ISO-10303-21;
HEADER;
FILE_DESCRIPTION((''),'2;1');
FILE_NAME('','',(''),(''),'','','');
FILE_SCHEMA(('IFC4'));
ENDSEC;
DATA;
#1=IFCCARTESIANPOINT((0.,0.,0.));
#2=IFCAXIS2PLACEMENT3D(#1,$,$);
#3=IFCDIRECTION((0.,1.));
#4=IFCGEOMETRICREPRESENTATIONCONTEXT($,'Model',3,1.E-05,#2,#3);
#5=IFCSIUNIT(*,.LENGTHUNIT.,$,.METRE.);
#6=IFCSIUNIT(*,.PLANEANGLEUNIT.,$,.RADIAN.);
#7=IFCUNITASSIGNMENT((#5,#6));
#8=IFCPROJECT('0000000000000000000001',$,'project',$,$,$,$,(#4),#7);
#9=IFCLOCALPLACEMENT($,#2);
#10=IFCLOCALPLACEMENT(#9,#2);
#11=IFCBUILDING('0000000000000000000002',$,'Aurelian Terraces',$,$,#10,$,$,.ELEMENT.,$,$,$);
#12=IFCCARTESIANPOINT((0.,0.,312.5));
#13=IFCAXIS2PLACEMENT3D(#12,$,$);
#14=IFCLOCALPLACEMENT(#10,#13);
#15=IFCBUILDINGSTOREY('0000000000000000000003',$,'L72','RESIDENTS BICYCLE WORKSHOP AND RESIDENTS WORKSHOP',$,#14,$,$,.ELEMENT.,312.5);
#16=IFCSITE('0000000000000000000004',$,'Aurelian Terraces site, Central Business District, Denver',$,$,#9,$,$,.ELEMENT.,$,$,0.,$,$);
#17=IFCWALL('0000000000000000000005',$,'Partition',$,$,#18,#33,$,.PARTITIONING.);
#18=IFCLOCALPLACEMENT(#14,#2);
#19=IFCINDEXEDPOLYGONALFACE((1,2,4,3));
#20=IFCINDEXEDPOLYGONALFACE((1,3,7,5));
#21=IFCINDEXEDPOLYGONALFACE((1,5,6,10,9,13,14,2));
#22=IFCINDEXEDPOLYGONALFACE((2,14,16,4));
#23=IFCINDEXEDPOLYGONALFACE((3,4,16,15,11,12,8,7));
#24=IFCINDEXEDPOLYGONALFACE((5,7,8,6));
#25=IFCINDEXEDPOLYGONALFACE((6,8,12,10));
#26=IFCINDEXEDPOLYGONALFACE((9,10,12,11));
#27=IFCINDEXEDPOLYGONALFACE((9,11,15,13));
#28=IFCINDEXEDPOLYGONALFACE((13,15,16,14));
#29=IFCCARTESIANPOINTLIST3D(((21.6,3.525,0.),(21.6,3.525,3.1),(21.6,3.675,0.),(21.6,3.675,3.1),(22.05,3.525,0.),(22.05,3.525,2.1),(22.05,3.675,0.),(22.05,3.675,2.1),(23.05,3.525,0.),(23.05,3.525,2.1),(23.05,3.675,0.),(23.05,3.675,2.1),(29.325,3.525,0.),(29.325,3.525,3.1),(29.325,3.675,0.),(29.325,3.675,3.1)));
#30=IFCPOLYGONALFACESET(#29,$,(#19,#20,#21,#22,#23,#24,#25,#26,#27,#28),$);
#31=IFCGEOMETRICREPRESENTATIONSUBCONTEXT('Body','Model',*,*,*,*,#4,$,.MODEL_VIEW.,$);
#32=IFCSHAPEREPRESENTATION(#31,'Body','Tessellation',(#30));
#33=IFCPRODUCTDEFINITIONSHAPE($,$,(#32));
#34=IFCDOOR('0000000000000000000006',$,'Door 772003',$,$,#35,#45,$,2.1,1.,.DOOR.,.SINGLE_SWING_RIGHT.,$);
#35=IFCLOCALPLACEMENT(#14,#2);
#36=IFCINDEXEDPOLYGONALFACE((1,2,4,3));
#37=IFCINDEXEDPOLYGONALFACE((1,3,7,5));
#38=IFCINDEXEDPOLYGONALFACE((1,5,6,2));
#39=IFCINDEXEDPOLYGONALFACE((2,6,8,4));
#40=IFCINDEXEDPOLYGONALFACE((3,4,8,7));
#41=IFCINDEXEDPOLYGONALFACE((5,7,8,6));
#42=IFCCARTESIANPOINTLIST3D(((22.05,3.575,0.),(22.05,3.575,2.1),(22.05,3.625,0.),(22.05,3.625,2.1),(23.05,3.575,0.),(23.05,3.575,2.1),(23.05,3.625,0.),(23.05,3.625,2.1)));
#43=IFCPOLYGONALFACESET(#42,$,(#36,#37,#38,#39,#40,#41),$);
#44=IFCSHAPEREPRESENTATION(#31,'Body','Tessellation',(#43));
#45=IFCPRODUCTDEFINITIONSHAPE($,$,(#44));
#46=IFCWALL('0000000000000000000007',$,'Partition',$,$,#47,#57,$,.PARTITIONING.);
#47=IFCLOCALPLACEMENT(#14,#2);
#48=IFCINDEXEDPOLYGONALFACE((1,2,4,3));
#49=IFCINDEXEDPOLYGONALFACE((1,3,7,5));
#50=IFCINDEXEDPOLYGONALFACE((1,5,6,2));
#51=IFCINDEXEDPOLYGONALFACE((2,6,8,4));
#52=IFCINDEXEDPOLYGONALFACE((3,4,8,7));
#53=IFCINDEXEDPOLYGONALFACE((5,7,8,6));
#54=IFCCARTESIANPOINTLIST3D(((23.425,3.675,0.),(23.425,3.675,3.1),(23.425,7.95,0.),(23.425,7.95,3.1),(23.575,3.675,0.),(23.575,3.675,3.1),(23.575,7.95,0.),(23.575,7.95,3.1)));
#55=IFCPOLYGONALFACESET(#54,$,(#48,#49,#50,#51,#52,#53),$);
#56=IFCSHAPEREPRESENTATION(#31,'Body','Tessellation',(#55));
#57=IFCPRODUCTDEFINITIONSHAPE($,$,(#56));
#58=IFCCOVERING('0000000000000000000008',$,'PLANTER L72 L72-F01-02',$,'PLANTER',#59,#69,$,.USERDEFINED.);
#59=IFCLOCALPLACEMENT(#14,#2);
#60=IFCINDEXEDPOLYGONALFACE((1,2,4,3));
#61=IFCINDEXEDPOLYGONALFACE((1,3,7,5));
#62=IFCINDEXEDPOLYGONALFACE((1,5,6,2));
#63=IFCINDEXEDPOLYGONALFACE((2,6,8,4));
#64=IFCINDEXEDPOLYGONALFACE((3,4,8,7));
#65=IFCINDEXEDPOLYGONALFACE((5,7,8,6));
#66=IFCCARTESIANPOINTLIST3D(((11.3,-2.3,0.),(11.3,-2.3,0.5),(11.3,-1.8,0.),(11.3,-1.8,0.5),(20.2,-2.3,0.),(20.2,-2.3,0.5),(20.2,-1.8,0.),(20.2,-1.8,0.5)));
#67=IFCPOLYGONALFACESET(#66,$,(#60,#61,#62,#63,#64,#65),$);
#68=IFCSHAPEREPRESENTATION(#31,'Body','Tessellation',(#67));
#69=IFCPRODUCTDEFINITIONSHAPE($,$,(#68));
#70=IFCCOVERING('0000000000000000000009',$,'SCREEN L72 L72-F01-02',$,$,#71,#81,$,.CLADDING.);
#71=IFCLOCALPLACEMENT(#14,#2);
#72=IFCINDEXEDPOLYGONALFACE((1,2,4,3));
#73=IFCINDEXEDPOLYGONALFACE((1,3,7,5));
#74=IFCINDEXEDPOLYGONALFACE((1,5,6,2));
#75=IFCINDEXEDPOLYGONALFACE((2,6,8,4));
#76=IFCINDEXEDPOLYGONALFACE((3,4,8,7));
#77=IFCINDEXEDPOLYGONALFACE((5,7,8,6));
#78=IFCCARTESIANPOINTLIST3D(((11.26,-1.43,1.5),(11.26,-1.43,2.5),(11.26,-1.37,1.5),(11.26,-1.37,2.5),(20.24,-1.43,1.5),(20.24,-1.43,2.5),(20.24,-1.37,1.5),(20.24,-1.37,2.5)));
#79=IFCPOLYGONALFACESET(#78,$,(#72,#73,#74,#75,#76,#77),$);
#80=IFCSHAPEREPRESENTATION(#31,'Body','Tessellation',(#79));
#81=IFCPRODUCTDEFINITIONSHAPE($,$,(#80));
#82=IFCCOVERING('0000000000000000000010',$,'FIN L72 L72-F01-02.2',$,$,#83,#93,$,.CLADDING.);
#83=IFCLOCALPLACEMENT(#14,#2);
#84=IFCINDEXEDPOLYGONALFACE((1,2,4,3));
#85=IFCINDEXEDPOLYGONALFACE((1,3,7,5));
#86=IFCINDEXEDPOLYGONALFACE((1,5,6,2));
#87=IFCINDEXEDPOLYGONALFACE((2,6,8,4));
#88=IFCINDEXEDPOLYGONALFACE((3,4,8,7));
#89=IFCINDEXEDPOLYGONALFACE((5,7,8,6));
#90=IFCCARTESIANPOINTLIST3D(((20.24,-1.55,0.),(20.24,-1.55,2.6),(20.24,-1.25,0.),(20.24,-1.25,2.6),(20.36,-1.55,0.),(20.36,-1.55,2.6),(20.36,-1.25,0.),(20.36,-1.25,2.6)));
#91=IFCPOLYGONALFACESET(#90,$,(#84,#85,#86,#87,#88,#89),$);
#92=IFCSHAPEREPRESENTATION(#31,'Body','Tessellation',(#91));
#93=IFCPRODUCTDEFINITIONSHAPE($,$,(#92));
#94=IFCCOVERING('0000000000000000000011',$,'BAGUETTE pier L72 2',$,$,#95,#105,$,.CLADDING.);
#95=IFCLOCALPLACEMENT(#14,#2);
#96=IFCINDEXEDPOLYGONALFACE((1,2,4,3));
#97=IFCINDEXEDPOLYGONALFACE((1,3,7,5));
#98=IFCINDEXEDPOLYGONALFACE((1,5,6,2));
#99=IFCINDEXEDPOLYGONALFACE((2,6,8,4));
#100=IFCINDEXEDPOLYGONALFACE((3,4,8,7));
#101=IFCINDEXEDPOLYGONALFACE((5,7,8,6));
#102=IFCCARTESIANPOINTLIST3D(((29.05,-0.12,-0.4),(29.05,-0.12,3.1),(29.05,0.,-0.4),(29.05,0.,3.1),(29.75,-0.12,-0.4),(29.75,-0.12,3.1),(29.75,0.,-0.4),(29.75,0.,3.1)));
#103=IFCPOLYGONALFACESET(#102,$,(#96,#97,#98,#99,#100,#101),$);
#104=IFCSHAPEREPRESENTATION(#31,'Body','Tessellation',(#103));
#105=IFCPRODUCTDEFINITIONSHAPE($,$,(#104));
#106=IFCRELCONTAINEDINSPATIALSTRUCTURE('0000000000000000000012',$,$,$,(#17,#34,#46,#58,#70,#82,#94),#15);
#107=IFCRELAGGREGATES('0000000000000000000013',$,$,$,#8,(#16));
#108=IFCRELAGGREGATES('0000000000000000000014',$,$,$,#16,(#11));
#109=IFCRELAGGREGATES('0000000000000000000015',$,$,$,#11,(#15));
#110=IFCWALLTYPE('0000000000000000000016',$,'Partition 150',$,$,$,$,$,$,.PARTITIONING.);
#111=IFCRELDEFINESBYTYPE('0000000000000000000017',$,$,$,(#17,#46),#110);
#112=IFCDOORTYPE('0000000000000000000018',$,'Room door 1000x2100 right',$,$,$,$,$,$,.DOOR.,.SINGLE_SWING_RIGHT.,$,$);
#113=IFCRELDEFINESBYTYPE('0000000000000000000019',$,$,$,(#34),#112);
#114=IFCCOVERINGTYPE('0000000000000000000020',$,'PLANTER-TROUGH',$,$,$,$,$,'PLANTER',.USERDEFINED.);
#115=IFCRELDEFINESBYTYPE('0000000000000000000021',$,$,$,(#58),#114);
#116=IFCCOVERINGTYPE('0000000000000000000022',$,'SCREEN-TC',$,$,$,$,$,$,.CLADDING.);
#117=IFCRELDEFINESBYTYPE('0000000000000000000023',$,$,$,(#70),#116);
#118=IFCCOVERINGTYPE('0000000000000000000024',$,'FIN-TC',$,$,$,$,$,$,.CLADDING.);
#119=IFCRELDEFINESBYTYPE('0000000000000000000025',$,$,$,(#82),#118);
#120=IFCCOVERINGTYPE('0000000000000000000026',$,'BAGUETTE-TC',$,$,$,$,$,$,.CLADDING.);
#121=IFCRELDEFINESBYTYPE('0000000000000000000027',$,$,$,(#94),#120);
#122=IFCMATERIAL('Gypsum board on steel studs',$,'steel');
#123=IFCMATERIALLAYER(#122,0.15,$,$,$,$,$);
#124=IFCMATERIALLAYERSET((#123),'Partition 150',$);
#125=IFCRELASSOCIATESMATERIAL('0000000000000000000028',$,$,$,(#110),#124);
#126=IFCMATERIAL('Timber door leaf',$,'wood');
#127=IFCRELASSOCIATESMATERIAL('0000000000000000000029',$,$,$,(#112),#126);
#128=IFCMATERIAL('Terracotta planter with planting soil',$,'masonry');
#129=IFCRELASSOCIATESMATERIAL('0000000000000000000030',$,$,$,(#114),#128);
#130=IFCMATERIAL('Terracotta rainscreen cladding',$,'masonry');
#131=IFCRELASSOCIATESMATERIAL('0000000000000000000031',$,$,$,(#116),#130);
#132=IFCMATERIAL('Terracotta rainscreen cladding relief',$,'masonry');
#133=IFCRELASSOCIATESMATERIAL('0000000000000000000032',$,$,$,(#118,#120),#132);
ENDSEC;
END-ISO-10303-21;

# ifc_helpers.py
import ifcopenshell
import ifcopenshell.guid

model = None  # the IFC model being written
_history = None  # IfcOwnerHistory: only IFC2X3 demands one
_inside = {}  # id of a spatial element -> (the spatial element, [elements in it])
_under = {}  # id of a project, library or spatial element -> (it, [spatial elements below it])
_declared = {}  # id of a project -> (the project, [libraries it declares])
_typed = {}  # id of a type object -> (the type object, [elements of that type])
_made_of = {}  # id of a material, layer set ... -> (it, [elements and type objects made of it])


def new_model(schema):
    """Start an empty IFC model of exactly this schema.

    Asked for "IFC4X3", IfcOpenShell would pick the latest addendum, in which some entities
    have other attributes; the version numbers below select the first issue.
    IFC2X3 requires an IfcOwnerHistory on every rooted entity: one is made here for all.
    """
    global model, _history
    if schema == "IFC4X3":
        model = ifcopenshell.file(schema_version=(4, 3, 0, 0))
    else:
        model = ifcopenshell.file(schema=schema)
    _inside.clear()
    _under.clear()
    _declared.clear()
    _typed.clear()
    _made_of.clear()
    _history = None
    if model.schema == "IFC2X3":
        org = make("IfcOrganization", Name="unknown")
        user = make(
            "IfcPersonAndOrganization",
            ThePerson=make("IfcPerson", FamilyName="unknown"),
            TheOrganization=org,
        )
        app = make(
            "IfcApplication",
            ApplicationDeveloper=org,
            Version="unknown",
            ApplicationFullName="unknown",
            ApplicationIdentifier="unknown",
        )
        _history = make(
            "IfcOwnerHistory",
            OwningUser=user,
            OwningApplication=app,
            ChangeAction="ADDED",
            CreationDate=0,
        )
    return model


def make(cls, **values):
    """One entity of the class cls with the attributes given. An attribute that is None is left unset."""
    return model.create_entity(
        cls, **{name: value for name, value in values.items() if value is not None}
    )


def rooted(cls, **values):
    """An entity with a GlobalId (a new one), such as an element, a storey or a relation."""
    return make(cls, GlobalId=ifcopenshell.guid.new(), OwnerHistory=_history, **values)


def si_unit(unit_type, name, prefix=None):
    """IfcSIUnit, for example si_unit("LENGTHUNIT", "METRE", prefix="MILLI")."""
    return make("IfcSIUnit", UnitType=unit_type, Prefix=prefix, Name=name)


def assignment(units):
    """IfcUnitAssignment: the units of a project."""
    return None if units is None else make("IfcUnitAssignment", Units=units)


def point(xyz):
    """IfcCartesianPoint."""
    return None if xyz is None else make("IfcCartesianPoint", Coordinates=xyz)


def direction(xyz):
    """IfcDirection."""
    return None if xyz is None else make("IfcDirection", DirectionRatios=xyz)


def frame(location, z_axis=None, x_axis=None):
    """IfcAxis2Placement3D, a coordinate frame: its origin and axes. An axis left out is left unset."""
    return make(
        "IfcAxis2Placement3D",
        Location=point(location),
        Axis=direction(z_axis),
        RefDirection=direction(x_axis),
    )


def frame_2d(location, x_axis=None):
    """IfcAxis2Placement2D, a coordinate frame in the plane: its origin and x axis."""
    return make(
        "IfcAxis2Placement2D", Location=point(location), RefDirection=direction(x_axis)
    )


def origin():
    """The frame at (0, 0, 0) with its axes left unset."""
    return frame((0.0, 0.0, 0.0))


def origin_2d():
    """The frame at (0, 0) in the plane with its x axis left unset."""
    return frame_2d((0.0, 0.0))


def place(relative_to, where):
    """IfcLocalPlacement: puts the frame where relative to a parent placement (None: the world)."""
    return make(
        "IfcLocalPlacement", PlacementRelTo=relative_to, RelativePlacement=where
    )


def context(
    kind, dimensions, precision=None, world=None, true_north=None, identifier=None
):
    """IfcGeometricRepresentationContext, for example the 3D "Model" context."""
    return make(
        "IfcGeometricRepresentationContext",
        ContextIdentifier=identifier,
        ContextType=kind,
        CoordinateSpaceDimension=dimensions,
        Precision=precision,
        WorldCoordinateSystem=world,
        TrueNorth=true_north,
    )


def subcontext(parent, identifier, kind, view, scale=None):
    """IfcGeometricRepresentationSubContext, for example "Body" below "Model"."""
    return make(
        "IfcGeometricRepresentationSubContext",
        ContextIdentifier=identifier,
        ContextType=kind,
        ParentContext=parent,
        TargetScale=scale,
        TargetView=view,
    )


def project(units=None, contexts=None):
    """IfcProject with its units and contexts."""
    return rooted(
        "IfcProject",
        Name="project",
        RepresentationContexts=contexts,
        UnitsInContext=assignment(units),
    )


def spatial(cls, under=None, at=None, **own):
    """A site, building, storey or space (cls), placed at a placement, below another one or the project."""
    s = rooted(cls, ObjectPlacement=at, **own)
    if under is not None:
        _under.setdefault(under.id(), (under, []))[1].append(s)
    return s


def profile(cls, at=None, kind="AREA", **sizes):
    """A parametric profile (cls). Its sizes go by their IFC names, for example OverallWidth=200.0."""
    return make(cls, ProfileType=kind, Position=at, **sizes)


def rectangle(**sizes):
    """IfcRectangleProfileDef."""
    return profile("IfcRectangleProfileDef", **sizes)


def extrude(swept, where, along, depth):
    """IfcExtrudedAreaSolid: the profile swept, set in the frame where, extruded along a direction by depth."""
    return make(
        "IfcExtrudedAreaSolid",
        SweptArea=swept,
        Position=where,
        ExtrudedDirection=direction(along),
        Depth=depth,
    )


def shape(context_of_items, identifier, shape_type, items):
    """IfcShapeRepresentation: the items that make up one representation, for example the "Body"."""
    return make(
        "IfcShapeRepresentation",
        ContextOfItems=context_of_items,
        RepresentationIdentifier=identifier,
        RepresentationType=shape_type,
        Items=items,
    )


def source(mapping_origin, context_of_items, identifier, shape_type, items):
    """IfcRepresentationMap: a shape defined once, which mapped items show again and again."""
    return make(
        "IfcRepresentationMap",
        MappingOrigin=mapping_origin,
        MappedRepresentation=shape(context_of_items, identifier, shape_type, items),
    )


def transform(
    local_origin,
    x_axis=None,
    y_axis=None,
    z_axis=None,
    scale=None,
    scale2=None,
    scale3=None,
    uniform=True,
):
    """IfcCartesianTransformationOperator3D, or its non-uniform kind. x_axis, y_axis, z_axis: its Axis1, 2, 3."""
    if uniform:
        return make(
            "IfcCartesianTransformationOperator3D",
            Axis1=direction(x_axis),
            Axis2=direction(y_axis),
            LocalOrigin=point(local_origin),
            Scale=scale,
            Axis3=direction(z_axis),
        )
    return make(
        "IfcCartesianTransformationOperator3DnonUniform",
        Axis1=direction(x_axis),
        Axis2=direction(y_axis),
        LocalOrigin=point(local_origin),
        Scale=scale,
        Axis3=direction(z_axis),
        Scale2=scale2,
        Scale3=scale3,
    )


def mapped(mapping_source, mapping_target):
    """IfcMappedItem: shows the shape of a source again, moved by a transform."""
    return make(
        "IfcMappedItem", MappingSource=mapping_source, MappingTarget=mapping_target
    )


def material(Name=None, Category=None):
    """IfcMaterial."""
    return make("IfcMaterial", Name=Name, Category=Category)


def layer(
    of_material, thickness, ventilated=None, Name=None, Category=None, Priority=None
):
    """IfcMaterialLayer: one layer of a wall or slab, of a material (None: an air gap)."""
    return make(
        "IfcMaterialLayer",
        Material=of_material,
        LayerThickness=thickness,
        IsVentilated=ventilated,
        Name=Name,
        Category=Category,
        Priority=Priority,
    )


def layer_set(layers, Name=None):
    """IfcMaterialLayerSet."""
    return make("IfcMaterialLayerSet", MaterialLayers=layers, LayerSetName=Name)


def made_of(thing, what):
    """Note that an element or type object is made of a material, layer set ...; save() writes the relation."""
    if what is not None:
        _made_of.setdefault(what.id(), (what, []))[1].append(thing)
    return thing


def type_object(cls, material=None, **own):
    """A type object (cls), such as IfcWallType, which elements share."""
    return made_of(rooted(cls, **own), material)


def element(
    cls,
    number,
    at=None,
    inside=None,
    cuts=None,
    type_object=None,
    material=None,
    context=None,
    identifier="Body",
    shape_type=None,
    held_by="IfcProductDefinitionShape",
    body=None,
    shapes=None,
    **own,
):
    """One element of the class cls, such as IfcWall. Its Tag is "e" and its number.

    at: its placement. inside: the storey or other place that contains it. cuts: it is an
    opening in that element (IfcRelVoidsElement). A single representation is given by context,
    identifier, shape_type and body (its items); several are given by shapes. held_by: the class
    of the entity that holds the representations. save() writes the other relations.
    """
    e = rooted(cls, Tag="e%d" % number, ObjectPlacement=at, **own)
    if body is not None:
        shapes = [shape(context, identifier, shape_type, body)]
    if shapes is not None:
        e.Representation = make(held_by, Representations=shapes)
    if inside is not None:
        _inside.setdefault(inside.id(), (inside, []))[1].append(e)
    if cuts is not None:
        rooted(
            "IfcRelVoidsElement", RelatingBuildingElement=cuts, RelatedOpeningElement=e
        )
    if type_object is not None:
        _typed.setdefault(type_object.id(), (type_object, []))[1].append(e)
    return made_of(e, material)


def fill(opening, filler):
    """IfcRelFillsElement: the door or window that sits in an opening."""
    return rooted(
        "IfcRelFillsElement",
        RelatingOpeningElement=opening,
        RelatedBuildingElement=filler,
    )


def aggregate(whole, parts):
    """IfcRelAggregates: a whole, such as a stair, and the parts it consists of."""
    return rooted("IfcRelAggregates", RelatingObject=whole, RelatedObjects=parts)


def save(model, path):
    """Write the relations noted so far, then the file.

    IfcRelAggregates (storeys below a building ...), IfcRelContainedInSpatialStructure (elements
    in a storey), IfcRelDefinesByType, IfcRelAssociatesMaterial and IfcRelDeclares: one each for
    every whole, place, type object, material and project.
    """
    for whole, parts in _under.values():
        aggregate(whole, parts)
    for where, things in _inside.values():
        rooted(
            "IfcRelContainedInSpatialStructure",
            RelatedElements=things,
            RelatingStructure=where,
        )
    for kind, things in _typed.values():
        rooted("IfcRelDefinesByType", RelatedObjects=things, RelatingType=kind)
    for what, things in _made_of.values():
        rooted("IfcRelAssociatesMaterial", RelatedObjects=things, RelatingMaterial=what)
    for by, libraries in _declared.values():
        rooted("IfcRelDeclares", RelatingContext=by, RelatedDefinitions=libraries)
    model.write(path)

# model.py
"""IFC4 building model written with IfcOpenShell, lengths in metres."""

from ifc_helpers import new_model, si_unit, direction, frame, frame_2d, origin, origin_2d, place, context, subcontext, project, spatial, rectangle, extrude, source, transform, mapped, material, layer, layer_set, type_object, element, fill, save


model = new_model("IFC4")

# Units and contexts
model_context = context("Model", 3, precision=1e-05, world=origin(), true_north=direction((0.0, 1.0)))
body_context = subcontext(model_context, "Body", "Model", "MODEL_VIEW")
ifc_project = project(units=[si_unit("LENGTHUNIT", "METRE"), si_unit("PLANEANGLEUNIT", "RADIAN")], contexts=[model_context])

# Site, building, storey
site_placement = place(None, origin())
site = spatial("IfcSite", under=ifc_project, at=site_placement, Name="Aurelian Terraces site, Central Business District, Denver", CompositionType="ELEMENT", RefElevation=0.0)
building_placement = place(site_placement, origin())
building = spatial("IfcBuilding", under=site, at=building_placement, Name="Aurelian Terraces", CompositionType="ELEMENT")
storey_placement = place(building_placement, frame((0.0, 0.0, 312.5)))
storey = spatial("IfcBuildingStorey", under=building, at=storey_placement, Name="L72", Description="RESIDENTS BICYCLE WORKSHOP AND RESIDENTS WORKSHOP", CompositionType="ELEMENT", Elevation=312.5)

# Shared definitions
ifc_material_1 = material(Name="Terracotta rainscreen cladding", Category="masonry")

# Shared definitions
ifc_material_2 = material(Name="Gypsum board on steel studs", Category="steel")

# Wall, opening, door
shared_shape_1 = source(origin(), body_context, "Body", "SweptSolid", [
    extrude(rectangle(XDim=1.0, YDim=2.1, at=frame_2d((0.5, 1.05))), frame((0.0, 0.085, 0.0), z_axis=(0.0, -1.0, 0.0), x_axis=(1.0, 0.0, 0.0)), (0.0, 0.0, 1.0), 0.17),
])
shared_shape_2 = source(origin(), body_context, "Body", "SweptSolid", [
    extrude(rectangle(XDim=1.0, YDim=2.1, at=frame_2d((0.5, 1.05))), frame((0.0, 0.025, 0.0), z_axis=(0.0, -1.0, 0.0), x_axis=(1.0, 0.0, 0.0)), (0.0, 0.0, 1.0), 0.05),
])
ifc_layer_1 = layer(ifc_material_2, 0.15)
ifc_layer_set_1 = layer_set([ifc_layer_1], Name="Partition 150")
wall_type_1 = type_object("IfcWallType", Name="Partition 150", PredefinedType="PARTITIONING", material=ifc_layer_set_1)
shared_shape_3 = source(origin(), body_context, "Body", "SweptSolid", [
    extrude(rectangle(XDim=7.725, YDim=0.15, at=frame_2d((3.8625, 0.0))), origin(), (0.0, 0.0, 1.0), 3.1),
])
wall_1_placement = place(storey_placement, frame((21.6, 3.6, 0.0), z_axis=(0.0, 0.0, 1.0), x_axis=(1.0, 0.0, 0.0)))
wall_1 = element("IfcWall", 1, at=wall_1_placement, inside=storey, type_object=wall_type_1, Name="Partition", PredefinedType="PARTITIONING", context=body_context, shape_type="MappedRepresentation", body=[
    mapped(shared_shape_3, transform((0.0, 0.0, 0.0), scale=1.0)),
])
opening_1_placement = place(wall_1_placement, frame((0.45, 0.0, 0.0)))
opening_1 = element("IfcOpeningElement", 2, at=opening_1_placement, cuts=wall_1, PredefinedType="OPENING", context=body_context, shape_type="MappedRepresentation", body=[
    mapped(shared_shape_1, transform((0.0, 0.0, 0.0), scale=1.0)),
])
ifc_material_3 = material(Name="Timber door leaf", Category="wood")
door_type_1 = type_object("IfcDoorType", Name="Room door 1000x2100 right", OperationType="SINGLE_SWING_RIGHT", PredefinedType="DOOR", material=ifc_material_3)
door_1_placement = place(opening_1_placement, origin())
door_1 = element("IfcDoor", 3, at=door_1_placement, inside=storey, type_object=door_type_1, Name="Door 772003", OperationType="SINGLE_SWING_RIGHT", OverallHeight=2.1, OverallWidth=1.0, PredefinedType="DOOR", context=body_context, shape_type="MappedRepresentation", body=[
    mapped(shared_shape_2, transform((0.0, 0.0, 0.0), scale=1.0)),
])
fill(opening_1, door_1)

# Wall
shared_shape_4 = source(origin(), body_context, "Body", "SweptSolid", [
    extrude(rectangle(XDim=4.275, YDim=0.15, at=frame_2d((2.1375, 0.0))), origin(), (0.0, 0.0, 1.0), 3.1),
])
wall_2_placement = place(storey_placement, frame((23.5, 7.95, 0.0), z_axis=(0.0, 0.0, 1.0), x_axis=(0.0, -1.0, 0.0)))
element("IfcWall", 4, at=wall_2_placement, inside=storey, type_object=wall_type_1, Name="Partition", PredefinedType="PARTITIONING", context=body_context, shape_type="MappedRepresentation", body=[
    mapped(shared_shape_4, transform((0.0, 0.0, 0.0), scale=1.0)),
])

# Coverings
ifc_material_4 = material(Name="Terracotta planter with planting soil", Category="masonry")
covering_type_1 = type_object("IfcCoveringType", Name="PLANTER-TROUGH", ElementType="PLANTER", PredefinedType="USERDEFINED", material=ifc_material_4)
covering_1_placement = place(storey_placement, frame((15.75, -2.05, 0.0), z_axis=(0.0, 0.0, 1.0), x_axis=(1.0, 0.0, 0.0)))
element("IfcCovering", 5, at=covering_1_placement, inside=storey, type_object=covering_type_1, Name="PLANTER L72 L72-F01-02", ObjectType="PLANTER", PredefinedType="USERDEFINED", context=body_context, shape_type="SweptSolid", body=[
    extrude(rectangle(XDim=8.9, YDim=0.5, at=origin_2d()), origin(), (0.0, 0.0, 1.0), 0.5),
])
covering_type_2 = type_object("IfcCoveringType", Name="SCREEN-TC", PredefinedType="CLADDING", material=ifc_material_1)
covering_2_placement = place(storey_placement, frame((15.75, -1.4, 1.5), z_axis=(0.0, 0.0, 1.0), x_axis=(1.0, 0.0, 0.0)))
element("IfcCovering", 6, at=covering_2_placement, inside=storey, type_object=covering_type_2, Name="SCREEN L72 L72-F01-02", PredefinedType="CLADDING", context=body_context, shape_type="SweptSolid", body=[
    extrude(rectangle(XDim=8.98, YDim=0.06, at=origin_2d()), origin(), (0.0, 0.0, 1.0), 1.0),
])
ifc_material_5 = material(Name="Terracotta rainscreen cladding relief", Category="masonry")
covering_type_3 = type_object("IfcCoveringType", Name="FIN-TC", PredefinedType="CLADDING", material=ifc_material_5)
shared_shape_5 = source(origin(), body_context, "Body", "SweptSolid", [
    extrude(rectangle(XDim=0.12, YDim=0.3, at=origin_2d()), origin(), (0.0, 0.0, 1.0), 2.6),
])
covering_3_placement = place(storey_placement, frame((20.3, -1.4, 0.0), z_axis=(0.0, 0.0, 1.0), x_axis=(1.0, 0.0, 0.0)))
element("IfcCovering", 7, at=covering_3_placement, inside=storey, type_object=covering_type_3, Name="FIN L72 L72-F01-02.2", PredefinedType="CLADDING", context=body_context, shape_type="MappedRepresentation", body=[
    mapped(shared_shape_5, transform((0.0, 0.0, 0.0), scale=1.0)),
])
covering_type_4 = type_object("IfcCoveringType", Name="BAGUETTE-TC", PredefinedType="CLADDING", material=ifc_material_5)
shared_shape_6 = source(origin(), body_context, "Body", "SweptSolid", [
    extrude(rectangle(XDim=0.7, YDim=0.12, at=origin_2d()), origin(), (0.0, 0.0, 1.0), 3.5),
])
covering_4_placement = place(storey_placement, frame((29.4, -0.06, -0.4), z_axis=(0.0, 0.0, 1.0), x_axis=(1.0, 0.0, 0.0)))
element("IfcCovering", 8, at=covering_4_placement, inside=storey, type_object=covering_type_4, Name="BAGUETTE pier L72 2", PredefinedType="CLADDING", context=body_context, shape_type="MappedRepresentation", body=[
    mapped(shared_shape_6, transform((0.0, 0.0, 0.0), scale=1.0)),
])

save(model, "model.ifc")
